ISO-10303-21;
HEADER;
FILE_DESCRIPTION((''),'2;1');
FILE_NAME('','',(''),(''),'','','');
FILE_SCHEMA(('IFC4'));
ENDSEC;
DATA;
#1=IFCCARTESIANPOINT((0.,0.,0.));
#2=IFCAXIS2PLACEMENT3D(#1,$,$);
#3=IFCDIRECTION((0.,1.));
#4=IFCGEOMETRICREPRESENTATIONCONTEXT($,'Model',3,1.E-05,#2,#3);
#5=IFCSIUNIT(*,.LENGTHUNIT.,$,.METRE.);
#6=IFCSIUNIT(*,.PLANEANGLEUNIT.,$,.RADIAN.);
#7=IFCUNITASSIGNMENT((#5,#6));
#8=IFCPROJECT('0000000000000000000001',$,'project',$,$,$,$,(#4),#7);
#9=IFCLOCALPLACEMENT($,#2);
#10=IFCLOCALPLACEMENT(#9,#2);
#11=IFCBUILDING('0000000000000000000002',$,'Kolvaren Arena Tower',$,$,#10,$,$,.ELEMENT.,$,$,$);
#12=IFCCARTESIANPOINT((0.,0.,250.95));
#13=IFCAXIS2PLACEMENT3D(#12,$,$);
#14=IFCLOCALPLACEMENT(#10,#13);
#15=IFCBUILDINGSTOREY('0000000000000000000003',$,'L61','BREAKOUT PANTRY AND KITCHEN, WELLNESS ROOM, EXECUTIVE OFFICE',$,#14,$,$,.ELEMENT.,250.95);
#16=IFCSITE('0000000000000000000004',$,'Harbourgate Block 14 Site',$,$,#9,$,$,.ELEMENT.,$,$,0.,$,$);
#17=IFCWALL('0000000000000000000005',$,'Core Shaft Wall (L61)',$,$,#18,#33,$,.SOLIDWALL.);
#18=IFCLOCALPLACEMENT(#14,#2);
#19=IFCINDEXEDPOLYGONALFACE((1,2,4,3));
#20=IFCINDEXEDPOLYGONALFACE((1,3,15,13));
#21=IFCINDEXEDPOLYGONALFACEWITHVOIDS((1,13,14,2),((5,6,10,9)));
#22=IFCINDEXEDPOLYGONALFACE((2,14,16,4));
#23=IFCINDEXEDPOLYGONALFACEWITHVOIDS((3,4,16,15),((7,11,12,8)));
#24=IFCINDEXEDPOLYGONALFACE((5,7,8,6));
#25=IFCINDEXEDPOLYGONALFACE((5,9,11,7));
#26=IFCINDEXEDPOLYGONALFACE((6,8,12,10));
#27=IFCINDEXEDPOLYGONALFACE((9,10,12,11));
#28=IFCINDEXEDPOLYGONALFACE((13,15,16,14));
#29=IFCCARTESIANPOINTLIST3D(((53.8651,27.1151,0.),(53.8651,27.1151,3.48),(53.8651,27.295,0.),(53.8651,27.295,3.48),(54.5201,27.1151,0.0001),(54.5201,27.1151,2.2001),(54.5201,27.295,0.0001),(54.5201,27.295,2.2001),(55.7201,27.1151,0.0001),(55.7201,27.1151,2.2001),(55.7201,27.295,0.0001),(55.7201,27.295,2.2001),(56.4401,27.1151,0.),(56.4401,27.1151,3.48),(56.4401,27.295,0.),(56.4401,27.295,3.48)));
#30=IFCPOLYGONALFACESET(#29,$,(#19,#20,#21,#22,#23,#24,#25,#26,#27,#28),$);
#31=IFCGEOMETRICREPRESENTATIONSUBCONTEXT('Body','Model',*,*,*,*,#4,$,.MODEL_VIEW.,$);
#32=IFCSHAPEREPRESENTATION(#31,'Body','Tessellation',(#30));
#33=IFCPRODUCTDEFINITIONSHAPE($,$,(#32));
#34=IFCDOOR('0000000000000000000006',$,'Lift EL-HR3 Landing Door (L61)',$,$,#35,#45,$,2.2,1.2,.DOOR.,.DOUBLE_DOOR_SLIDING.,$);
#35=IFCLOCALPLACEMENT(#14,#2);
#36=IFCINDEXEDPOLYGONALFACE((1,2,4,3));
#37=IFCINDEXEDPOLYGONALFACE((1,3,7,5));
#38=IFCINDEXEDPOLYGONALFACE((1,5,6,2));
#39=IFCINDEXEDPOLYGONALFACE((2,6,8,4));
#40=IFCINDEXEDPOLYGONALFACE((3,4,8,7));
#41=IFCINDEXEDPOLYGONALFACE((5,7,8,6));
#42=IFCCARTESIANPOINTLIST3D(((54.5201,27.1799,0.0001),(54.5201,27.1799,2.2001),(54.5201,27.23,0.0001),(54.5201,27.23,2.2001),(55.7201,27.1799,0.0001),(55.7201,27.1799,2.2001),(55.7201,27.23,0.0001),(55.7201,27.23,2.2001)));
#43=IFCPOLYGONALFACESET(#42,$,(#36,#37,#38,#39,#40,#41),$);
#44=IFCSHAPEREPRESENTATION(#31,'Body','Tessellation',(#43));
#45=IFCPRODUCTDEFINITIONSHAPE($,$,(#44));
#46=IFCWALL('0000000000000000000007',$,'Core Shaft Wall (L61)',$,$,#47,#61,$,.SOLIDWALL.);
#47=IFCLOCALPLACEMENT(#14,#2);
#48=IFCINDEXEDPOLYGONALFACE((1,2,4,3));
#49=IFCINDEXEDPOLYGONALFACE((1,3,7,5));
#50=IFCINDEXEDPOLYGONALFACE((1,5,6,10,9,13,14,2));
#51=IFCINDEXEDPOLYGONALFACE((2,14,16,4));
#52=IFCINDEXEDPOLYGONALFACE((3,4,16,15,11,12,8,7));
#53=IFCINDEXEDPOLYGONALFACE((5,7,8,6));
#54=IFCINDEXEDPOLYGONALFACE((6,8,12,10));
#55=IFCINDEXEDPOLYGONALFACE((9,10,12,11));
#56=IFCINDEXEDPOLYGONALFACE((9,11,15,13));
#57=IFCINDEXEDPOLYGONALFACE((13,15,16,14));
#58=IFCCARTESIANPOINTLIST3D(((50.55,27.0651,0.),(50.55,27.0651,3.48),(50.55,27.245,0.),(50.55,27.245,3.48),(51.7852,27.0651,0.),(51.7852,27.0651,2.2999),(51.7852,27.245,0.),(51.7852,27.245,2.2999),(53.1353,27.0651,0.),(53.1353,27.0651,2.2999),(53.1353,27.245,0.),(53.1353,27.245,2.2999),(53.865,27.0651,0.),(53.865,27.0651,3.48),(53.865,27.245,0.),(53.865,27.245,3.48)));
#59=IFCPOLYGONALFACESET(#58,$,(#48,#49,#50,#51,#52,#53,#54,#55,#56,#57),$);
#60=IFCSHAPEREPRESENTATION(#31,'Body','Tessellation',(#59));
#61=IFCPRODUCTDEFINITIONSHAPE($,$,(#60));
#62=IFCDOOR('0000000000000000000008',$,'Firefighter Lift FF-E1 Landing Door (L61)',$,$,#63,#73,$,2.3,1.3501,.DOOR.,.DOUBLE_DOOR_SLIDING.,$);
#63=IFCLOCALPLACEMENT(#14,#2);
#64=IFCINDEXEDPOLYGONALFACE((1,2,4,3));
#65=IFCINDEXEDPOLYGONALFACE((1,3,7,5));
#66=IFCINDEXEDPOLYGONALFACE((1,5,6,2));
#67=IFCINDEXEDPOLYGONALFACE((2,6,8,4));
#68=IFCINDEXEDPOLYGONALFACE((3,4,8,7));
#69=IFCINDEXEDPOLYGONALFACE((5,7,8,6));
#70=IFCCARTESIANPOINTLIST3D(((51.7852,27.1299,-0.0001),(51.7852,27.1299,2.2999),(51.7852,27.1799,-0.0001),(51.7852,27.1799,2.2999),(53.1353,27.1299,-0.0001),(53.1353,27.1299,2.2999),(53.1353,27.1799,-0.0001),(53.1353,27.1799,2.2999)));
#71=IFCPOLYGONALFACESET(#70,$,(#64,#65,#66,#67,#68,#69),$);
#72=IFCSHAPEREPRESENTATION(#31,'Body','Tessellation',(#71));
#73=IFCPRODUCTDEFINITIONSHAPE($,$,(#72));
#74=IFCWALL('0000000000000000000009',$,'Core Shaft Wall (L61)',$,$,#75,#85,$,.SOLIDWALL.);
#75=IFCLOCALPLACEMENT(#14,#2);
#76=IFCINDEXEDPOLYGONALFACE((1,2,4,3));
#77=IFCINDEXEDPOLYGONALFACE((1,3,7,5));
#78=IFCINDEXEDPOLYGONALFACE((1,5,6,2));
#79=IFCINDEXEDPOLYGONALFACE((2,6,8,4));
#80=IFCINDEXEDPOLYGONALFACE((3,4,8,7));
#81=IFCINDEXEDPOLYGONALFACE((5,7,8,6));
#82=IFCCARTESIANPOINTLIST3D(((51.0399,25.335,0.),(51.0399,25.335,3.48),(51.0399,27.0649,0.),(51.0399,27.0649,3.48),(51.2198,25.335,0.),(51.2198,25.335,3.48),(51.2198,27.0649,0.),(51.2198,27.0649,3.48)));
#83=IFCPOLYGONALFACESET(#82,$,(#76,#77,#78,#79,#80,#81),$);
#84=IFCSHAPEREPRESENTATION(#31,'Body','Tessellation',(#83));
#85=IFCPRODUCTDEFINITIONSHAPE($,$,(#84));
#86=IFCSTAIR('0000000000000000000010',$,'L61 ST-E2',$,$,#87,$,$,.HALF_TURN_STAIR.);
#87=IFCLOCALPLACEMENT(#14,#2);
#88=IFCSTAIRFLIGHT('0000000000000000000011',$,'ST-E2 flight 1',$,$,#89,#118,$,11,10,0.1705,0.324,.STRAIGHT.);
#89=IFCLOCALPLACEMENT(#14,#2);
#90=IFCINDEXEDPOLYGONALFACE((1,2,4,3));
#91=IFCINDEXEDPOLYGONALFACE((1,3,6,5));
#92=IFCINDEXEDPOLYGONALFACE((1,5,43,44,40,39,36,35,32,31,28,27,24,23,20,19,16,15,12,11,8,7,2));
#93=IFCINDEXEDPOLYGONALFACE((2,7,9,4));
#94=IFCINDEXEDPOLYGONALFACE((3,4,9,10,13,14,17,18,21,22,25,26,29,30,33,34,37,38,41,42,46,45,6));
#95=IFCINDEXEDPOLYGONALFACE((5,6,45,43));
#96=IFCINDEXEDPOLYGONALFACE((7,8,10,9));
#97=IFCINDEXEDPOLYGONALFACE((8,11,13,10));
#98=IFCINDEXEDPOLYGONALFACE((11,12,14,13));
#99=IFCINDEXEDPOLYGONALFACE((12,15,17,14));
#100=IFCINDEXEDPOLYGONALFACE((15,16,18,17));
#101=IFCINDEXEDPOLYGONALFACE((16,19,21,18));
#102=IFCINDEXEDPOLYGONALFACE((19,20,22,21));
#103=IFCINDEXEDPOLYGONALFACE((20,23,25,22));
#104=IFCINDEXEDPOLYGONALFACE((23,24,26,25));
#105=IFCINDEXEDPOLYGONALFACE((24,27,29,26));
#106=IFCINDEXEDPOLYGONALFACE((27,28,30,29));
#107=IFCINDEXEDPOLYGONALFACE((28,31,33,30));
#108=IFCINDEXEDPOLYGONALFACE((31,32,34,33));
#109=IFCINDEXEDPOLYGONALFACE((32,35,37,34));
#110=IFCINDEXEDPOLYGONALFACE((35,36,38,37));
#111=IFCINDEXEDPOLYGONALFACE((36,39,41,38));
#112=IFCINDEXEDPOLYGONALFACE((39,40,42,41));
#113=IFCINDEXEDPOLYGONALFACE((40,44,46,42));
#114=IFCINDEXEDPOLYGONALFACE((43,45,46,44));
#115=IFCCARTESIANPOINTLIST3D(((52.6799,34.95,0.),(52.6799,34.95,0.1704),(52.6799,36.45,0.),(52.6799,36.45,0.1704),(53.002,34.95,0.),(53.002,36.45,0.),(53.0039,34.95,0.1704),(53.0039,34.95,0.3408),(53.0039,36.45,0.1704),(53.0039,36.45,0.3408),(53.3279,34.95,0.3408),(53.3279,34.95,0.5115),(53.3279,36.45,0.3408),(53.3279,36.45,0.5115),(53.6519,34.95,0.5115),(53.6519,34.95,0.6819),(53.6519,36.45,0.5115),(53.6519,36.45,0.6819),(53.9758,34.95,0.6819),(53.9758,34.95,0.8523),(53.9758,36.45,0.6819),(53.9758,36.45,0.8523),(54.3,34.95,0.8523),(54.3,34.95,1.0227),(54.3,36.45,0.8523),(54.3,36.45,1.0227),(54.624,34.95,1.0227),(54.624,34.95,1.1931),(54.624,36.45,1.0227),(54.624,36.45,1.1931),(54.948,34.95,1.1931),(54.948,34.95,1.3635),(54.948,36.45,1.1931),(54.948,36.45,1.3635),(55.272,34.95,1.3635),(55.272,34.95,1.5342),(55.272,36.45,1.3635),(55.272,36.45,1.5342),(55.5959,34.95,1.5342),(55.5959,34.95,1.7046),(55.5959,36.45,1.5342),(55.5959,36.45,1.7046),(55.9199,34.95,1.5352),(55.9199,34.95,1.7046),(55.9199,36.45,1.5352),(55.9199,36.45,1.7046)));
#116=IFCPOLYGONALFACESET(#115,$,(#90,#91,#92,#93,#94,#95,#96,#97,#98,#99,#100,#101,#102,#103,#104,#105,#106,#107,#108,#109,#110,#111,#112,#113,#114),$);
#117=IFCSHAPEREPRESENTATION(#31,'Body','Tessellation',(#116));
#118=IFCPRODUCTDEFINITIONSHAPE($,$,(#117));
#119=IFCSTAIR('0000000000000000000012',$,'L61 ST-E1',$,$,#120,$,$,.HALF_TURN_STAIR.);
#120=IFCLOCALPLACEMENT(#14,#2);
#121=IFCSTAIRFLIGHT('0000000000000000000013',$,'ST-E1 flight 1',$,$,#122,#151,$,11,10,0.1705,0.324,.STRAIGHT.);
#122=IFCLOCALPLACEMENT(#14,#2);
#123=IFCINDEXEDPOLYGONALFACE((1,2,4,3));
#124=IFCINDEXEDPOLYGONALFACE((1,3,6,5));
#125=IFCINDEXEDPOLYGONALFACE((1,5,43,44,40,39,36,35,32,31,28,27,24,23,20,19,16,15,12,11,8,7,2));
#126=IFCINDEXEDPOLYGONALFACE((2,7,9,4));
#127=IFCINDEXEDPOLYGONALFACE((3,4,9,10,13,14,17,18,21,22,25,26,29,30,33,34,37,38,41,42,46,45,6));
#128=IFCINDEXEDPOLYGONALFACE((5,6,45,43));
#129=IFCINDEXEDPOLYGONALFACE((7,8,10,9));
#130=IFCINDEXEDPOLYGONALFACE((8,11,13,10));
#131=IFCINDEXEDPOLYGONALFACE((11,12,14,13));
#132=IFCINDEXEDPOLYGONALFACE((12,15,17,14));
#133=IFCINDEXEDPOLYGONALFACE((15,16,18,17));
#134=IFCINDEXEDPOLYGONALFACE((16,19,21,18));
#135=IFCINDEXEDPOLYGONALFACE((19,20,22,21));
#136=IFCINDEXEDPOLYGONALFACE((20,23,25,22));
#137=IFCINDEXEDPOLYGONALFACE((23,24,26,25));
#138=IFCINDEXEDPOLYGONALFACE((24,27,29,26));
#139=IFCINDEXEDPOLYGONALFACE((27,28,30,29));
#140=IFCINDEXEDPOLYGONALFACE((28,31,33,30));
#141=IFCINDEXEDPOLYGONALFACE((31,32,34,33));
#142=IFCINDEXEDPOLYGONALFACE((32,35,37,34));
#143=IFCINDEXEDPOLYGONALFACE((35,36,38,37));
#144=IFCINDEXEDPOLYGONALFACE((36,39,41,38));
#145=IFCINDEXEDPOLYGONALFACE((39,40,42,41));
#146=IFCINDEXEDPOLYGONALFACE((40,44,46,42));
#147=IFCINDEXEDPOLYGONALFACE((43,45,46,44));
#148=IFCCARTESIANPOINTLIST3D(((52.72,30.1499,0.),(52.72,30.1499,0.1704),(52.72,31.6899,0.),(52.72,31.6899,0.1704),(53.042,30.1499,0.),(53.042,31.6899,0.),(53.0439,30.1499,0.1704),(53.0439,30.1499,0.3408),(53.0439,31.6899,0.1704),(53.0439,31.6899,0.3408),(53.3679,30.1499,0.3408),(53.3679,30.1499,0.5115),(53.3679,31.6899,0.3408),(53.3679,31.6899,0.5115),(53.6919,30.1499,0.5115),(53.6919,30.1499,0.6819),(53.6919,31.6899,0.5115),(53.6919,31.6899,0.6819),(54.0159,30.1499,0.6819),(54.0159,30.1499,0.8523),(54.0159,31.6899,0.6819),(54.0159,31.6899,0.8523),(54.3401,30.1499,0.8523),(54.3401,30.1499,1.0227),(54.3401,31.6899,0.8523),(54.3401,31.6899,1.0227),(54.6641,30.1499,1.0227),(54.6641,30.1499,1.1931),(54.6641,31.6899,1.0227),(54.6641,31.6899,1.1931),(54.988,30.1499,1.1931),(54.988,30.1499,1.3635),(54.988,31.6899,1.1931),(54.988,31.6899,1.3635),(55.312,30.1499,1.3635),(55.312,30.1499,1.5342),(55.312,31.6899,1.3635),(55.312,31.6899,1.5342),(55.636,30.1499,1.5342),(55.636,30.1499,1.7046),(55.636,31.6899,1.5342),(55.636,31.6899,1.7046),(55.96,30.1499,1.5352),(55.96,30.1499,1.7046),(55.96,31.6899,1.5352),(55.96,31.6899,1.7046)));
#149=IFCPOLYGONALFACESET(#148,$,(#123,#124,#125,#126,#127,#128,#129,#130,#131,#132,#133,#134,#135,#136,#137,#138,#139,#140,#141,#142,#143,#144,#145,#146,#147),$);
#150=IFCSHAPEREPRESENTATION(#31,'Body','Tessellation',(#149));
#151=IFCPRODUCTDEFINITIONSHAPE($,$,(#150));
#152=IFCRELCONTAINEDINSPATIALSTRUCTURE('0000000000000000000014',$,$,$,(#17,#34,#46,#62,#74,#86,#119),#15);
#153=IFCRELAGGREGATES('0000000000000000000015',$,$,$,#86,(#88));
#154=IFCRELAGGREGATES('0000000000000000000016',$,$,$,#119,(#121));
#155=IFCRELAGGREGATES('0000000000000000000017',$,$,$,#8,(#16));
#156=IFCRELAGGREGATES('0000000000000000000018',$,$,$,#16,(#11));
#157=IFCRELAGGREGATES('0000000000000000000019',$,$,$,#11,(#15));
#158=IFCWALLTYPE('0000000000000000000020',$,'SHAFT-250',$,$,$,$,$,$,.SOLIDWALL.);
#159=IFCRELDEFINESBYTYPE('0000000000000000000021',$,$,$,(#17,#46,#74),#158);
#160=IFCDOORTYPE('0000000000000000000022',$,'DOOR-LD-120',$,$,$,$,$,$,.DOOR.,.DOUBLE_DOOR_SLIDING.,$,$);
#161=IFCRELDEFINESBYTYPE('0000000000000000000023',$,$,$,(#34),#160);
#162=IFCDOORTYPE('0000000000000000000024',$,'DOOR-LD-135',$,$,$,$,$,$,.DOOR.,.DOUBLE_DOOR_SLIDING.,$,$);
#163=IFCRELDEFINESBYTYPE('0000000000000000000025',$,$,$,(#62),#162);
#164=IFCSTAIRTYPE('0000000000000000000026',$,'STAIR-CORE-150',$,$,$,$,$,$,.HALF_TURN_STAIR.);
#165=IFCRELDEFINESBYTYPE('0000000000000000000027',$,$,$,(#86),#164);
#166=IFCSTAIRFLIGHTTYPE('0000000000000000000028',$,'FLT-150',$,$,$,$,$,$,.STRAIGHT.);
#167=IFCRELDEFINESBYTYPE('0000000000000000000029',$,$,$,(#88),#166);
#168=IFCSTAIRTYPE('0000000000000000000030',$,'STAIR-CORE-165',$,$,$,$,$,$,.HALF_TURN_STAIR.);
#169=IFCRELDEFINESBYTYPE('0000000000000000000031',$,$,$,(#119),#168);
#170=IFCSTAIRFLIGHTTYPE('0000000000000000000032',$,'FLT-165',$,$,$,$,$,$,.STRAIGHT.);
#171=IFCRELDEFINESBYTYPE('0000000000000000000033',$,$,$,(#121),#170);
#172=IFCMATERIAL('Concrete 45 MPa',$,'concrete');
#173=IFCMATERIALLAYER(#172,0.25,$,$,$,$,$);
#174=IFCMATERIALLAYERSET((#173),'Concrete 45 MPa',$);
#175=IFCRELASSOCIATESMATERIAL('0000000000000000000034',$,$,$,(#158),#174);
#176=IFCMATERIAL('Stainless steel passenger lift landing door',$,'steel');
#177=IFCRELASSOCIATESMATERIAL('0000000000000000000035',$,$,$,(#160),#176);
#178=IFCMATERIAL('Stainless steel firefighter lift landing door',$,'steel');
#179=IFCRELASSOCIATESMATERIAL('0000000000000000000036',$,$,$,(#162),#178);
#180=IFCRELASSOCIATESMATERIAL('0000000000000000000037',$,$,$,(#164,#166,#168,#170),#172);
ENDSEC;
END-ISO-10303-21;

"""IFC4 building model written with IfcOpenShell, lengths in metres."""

from ifc_helpers import new_model, si_unit, direction, frame, frame_2d, origin, place, context, subcontext, project, spatial, polyline, rectangle, outline, extrude, material, layer, layer_set, type_object, element, fill, aggregate, save


model = new_model("IFC4")

# Units and contexts
model_context = context("Model", 3, precision=1e-05, world=origin(), true_north=direction((0.0, 1.0)))
body_context = subcontext(model_context, "Body", "Model", "MODEL_VIEW")
ifc_project = project(units=[si_unit("LENGTHUNIT", "METRE"), si_unit("PLANEANGLEUNIT", "RADIAN")], contexts=[model_context])

# Site, building, storey
site_placement = place(None, origin())
site = spatial("IfcSite", under=ifc_project, at=site_placement, Name="Harbourgate Block 14 Site", CompositionType="ELEMENT", RefElevation=0.0)
building_placement = place(site_placement, origin())
building = spatial("IfcBuilding", under=site, at=building_placement, Name="Kolvaren Arena Tower", CompositionType="ELEMENT")
storey_placement = place(building_placement, frame((0.0, 0.0, 250.95)))
storey = spatial("IfcBuildingStorey", under=building, at=storey_placement, Name="L61", Description="BREAKOUT PANTRY AND KITCHEN, WELLNESS ROOM, EXECUTIVE OFFICE", CompositionType="ELEMENT", Elevation=250.95)

# Shared definitions
ifc_material_1 = material(Name="Concrete 45 MPa", Category="concrete")
ifc_layer = layer(ifc_material_1, 0.25)
ifc_layer_set = layer_set([ifc_layer], Name="Concrete 45 MPa")
wall_type = type_object("IfcWallType", Name="SHAFT-250", PredefinedType="SOLIDWALL", material=ifc_layer_set)

# Walls, openings, doors
wall_1_placement = place(storey_placement, frame((53.865, 27.2051, 0.0), z_axis=(0.0, 0.0, 1.0), x_axis=(1.0, 0.0, 0.0)))
wall_1 = element("IfcWall", 1, at=wall_1_placement, inside=storey, type_object=wall_type, Name="Core Shaft Wall (L61)", PredefinedType="SOLIDWALL", context=body_context, shape_type="SweptSolid", body=[
    extrude(rectangle(XDim=2.575, YDim=0.1799, at=frame_2d((1.2876, 0.0))), origin(), (0.0, 0.0, 1.0), 3.48),
])
opening_1_placement = place(wall_1_placement, frame((0.655, 0.0, 0.0)))
opening_1 = element("IfcOpeningElement", 2, at=opening_1_placement, cuts=wall_1, PredefinedType="OPENING", context=body_context, shape_type="SweptSolid", body=[
    extrude(rectangle(XDim=1.2, YDim=2.2, at=frame_2d((0.6001, 1.1001))), frame((0.0, 0.0999, 0.0), z_axis=(0.0, -1.0, 0.0), x_axis=(1.0, 0.0, 0.0)), (0.0, 0.0, 1.0), 0.2),
])
ifc_material_2 = material(Name="Stainless steel passenger lift landing door", Category="steel")
door_type_1 = type_object("IfcDoorType", Name="DOOR-LD-120", OperationType="DOUBLE_DOOR_SLIDING", PredefinedType="DOOR", material=ifc_material_2)
door_1_placement = place(opening_1_placement, origin())
door_1 = element("IfcDoor", 3, at=door_1_placement, inside=storey, type_object=door_type_1, Name="Lift EL-HR3 Landing Door (L61)", OperationType="DOUBLE_DOOR_SLIDING", OverallHeight=2.2, OverallWidth=1.2, PredefinedType="DOOR", context=body_context, shape_type="SweptSolid", body=[
    extrude(rectangle(XDim=1.2, YDim=2.2, at=frame_2d((0.6001, 1.1001))), frame((0.0, 0.0249, 0.0), z_axis=(0.0, -1.0, 0.0), x_axis=(1.0, 0.0, 0.0)), (0.0, 0.0, 1.0), 0.05),
])
fill(opening_1, door_1)
wall_2_placement = place(storey_placement, frame((50.55, 27.155, 0.0), z_axis=(0.0, 0.0, 1.0), x_axis=(1.0, 0.0, 0.0)))
wall_2 = element("IfcWall", 4, at=wall_2_placement, inside=storey, type_object=wall_type, Name="Core Shaft Wall (L61)", PredefinedType="SOLIDWALL", context=body_context, shape_type="SweptSolid", body=[
    extrude(rectangle(XDim=3.3149, YDim=0.1799, at=frame_2d((1.6575, 0.0))), origin(), (0.0, 0.0, 1.0), 3.48),
])
opening_2_placement = place(wall_2_placement, frame((1.2351, 0.0, 0.0)))
opening_2 = element("IfcOpeningElement", 5, at=opening_2_placement, cuts=wall_2, PredefinedType="OPENING", context=body_context, shape_type="SweptSolid", body=[
    extrude(rectangle(XDim=1.3501, YDim=2.3, at=frame_2d((0.675, 1.1499))), frame((0.0, 0.0999, 0.0), z_axis=(0.0, -1.0, 0.0), x_axis=(1.0, 0.0, 0.0)), (0.0, 0.0, 1.0), 0.2),
])
ifc_material_3 = material(Name="Stainless steel firefighter lift landing door", Category="steel")
door_type_2 = type_object("IfcDoorType", Name="DOOR-LD-135", OperationType="DOUBLE_DOOR_SLIDING", PredefinedType="DOOR", material=ifc_material_3)
door_2_placement = place(opening_2_placement, origin())
door_2 = element("IfcDoor", 6, at=door_2_placement, inside=storey, type_object=door_type_2, Name="Firefighter Lift FF-E1 Landing Door (L61)", OperationType="DOUBLE_DOOR_SLIDING", OverallHeight=2.3, OverallWidth=1.3501, PredefinedType="DOOR", context=body_context, shape_type="SweptSolid", body=[
    extrude(rectangle(XDim=1.3501, YDim=2.3, at=frame_2d((0.675, 1.1499))), frame((0.0, 0.0249, 0.0), z_axis=(0.0, -1.0, 0.0), x_axis=(1.0, 0.0, 0.0)), (0.0, 0.0, 1.0), 0.05),
])
fill(opening_2, door_2)

# Wall
wall_3_placement = place(storey_placement, frame((51.1299, 25.335, 0.0), z_axis=(0.0, 0.0, 1.0), x_axis=(0.0, 1.0, 0.0)))
element("IfcWall", 7, at=wall_3_placement, inside=storey, type_object=wall_type, Name="Core Shaft Wall (L61)", PredefinedType="SOLIDWALL", context=body_context, shape_type="SweptSolid", body=[
    extrude(rectangle(XDim=1.73, YDim=0.1799, at=frame_2d((0.865, 0.0))), origin(), (0.0, 0.0, 1.0), 3.48),
])

# Stairs, stair flights
stair_type_1 = type_object("IfcStairType", Name="STAIR-CORE-150", PredefinedType="HALF_TURN_STAIR", material=ifc_material_1)
stair_1_placement = place(storey_placement, origin())
stair_1 = element("IfcStair", 8, at=stair_1_placement, inside=storey, type_object=stair_type_1, Name="L61 ST-E2", PredefinedType="HALF_TURN_STAIR")
stair_flight_type_1 = type_object("IfcStairFlightType", Name="FLT-150", PredefinedType="STRAIGHT", material=ifc_material_1)
stair_flight_1_placement = place(storey_placement, frame((52.6799, 35.7, 0.0), z_axis=(0.0, 0.0, 1.0), x_axis=(1.0, 0.0, 0.0)))
stair_flight_1 = element("IfcStairFlight", 9, at=stair_flight_1_placement, type_object=stair_flight_type_1, Name="ST-E2 flight 1", NumberOfRisers=11, NumberOfTreads=10, PredefinedType="STRAIGHT", RiserHeight=0.1705, TreadLength=0.324, context=body_context, shape_type="SweptSolid", body=[
    extrude(outline(polyline([(0.0, 0.0), (0.0, 0.1704), (0.324, 0.1704), (0.324, 0.3408), (0.6479, 0.3408), (0.6479, 0.5115), (0.9719, 0.5115), (0.9719, 0.6819), (1.2959, 0.6819), (1.2959, 0.8523), (1.6201, 0.8523), (1.6201, 1.0227), (1.9441, 1.0227), (1.9441, 1.1931), (2.2681, 1.1931), (2.2681, 1.3635), (2.592, 1.3635), (2.592, 1.5342), (2.916, 1.5342), (2.916, 1.7046), (3.24, 1.7046), (3.24, 1.875), (3.24, 1.5352), (0.322, 0.0), (0.0, 0.0)])), frame((0.0, 0.75, 0.0), z_axis=(0.0, -1.0, 0.0), x_axis=(1.0, 0.0, 0.0)), (0.0, 0.0, 1.0), 1.5),
])
aggregate(stair_1, [stair_flight_1])
stair_type_2 = type_object("IfcStairType", Name="STAIR-CORE-165", PredefinedType="HALF_TURN_STAIR", material=ifc_material_1)
stair_2_placement = place(storey_placement, origin())
stair_2 = element("IfcStair", 10, at=stair_2_placement, inside=storey, type_object=stair_type_2, Name="L61 ST-E1", PredefinedType="HALF_TURN_STAIR")
stair_flight_type_2 = type_object("IfcStairFlightType", Name="FLT-165", PredefinedType="STRAIGHT", material=ifc_material_1)
stair_flight_2_placement = place(storey_placement, frame((52.72, 30.9199, 0.0), z_axis=(0.0, 0.0, 1.0), x_axis=(1.0, 0.0, 0.0)))
stair_flight_2 = element("IfcStairFlight", 11, at=stair_flight_2_placement, type_object=stair_flight_type_2, Name="ST-E1 flight 1", NumberOfRisers=11, NumberOfTreads=10, PredefinedType="STRAIGHT", RiserHeight=0.1705, TreadLength=0.324, context=body_context, shape_type="SweptSolid", body=[
    extrude(outline(polyline([(0.0, 0.0), (0.0, 0.1704), (0.324, 0.1704), (0.324, 0.3408), (0.6479, 0.3408), (0.6479, 0.5115), (0.9719, 0.5115), (0.9719, 0.6819), (1.2959, 0.6819), (1.2959, 0.8523), (1.6201, 0.8523), (1.6201, 1.0227), (1.9441, 1.0227), (1.9441, 1.1931), (2.2681, 1.1931), (2.2681, 1.3635), (2.592, 1.3635), (2.592, 1.5342), (2.916, 1.5342), (2.916, 1.7046), (3.24, 1.7046), (3.24, 1.875), (3.24, 1.5352), (0.322, 0.0), (0.0, 0.0)])), frame((0.0, 0.77, 0.0), z_axis=(0.0, -1.0, 0.0), x_axis=(1.0, 0.0, 0.0)), (0.0, 0.0, 1.0), 1.54),
])
aggregate(stair_2, [stair_flight_2])

save(model, "model.ifc")
